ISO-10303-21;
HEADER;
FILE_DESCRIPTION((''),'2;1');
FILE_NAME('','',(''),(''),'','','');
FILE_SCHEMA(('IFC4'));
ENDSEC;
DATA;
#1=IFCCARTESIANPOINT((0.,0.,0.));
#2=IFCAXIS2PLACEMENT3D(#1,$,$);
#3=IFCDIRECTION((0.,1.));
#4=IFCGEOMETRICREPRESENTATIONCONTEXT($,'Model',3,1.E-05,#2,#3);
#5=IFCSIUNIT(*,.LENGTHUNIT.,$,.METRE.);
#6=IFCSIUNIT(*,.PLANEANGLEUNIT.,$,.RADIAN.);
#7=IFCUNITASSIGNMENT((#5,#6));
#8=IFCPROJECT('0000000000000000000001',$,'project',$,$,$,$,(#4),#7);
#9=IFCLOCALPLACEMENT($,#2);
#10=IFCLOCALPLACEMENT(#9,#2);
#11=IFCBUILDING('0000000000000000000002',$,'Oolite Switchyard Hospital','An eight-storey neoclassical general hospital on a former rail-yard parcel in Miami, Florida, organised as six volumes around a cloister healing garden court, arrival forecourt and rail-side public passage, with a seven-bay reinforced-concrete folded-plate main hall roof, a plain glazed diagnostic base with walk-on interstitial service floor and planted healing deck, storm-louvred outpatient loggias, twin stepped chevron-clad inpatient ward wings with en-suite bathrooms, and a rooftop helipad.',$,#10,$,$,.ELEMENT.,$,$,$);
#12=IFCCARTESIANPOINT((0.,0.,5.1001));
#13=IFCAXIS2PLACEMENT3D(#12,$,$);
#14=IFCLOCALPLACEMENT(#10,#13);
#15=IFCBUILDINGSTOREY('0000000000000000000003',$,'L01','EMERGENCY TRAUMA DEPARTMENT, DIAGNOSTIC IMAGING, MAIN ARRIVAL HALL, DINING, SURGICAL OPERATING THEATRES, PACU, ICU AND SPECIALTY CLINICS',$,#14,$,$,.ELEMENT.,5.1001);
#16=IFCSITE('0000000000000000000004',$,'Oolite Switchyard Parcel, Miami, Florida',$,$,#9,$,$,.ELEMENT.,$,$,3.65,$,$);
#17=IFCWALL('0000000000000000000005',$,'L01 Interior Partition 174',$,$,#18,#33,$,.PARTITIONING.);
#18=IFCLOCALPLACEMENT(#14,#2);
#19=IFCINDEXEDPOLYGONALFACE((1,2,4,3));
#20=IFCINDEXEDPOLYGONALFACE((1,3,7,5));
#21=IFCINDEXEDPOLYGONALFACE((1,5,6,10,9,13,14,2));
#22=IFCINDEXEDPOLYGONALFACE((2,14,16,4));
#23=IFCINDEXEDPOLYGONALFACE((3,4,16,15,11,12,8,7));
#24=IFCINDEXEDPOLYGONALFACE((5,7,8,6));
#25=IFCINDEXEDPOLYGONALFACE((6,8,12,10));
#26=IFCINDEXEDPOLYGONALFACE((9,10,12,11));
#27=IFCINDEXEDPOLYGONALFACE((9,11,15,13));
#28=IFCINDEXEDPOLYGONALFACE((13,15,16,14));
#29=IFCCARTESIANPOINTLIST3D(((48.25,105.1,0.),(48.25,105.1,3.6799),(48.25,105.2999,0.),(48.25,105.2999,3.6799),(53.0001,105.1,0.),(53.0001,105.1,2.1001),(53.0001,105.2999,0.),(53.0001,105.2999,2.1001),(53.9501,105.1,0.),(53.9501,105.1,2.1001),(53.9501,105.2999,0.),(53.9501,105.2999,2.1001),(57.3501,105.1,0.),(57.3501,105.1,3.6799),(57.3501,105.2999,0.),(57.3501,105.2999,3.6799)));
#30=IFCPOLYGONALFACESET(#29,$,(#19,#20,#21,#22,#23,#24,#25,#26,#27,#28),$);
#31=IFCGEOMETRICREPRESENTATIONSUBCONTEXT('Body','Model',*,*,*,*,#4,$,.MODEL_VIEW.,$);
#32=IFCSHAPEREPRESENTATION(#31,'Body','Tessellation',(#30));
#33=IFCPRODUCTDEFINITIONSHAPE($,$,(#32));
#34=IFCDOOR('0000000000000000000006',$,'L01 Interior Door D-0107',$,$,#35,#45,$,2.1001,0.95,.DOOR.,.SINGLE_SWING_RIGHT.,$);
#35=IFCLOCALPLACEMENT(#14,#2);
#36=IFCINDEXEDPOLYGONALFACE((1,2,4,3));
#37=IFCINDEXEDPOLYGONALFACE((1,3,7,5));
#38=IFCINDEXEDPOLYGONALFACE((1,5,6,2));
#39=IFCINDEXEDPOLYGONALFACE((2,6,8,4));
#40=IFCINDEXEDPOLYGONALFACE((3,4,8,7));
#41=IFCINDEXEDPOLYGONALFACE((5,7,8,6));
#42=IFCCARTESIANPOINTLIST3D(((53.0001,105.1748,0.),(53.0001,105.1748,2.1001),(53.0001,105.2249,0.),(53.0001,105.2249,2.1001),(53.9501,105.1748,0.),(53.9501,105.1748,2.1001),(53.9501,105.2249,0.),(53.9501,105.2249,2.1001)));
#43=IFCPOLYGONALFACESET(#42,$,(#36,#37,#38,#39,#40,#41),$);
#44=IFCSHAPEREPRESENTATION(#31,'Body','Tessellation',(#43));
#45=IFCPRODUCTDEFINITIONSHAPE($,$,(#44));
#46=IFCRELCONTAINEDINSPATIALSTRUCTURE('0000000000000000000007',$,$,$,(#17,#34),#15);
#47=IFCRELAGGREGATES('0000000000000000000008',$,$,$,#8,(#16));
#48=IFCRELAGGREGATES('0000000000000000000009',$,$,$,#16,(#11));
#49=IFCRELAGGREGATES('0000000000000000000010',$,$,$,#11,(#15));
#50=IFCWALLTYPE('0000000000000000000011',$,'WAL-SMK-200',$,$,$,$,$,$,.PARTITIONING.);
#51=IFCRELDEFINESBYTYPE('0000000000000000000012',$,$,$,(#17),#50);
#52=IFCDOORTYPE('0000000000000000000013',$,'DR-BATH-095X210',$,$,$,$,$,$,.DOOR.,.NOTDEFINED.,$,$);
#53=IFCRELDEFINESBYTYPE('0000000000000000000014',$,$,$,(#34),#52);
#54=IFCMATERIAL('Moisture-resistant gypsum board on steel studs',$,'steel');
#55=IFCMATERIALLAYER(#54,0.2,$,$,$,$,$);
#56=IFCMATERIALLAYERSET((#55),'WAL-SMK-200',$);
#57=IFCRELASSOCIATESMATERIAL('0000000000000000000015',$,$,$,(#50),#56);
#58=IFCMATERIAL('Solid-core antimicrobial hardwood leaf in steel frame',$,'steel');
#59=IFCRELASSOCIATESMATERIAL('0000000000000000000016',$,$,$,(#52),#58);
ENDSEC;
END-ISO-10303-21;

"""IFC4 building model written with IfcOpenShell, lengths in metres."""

from ifc_helpers import new_model, si_unit, direction, frame, frame_2d, origin, place, context, subcontext, project, spatial, rectangle, extrude, material, layer, layer_set, type_object, element, fill, save


model = new_model("IFC4")

# Units and contexts
model_context = context("Model", 3, precision=1e-05, world=origin(), true_north=direction((0.0, 1.0)))
body_context = subcontext(model_context, "Body", "Model", "MODEL_VIEW")
ifc_project = project(units=[si_unit("LENGTHUNIT", "METRE"), si_unit("PLANEANGLEUNIT", "RADIAN")], contexts=[model_context])

# Site, building, storey
site_placement = place(None, origin())
site = spatial("IfcSite", under=ifc_project, at=site_placement, Name="Oolite Switchyard Parcel, Miami, Florida", CompositionType="ELEMENT", RefElevation=3.65)
building_placement = place(site_placement, origin())
building = spatial("IfcBuilding", under=site, at=building_placement, Name="Oolite Switchyard Hospital", Description="An eight-storey neoclassical general hospital on a former rail-yard parcel in Miami, Florida, organised as six volumes around a cloister healing garden court, arrival forecourt and rail-side public passage, with a seven-bay reinforced-concrete folded-plate main hall roof, a plain glazed diagnostic base with walk-on interstitial service floor and planted healing deck, storm-louvred outpatient loggias, twin stepped chevron-clad inpatient ward wings with en-suite bathrooms, and a rooftop helipad.", CompositionType="ELEMENT")
storey_placement = place(building_placement, frame((0.0, 0.0, 5.1001)))
storey = spatial("IfcBuildingStorey", under=building, at=storey_placement, Name="L01", Description="EMERGENCY TRAUMA DEPARTMENT, DIAGNOSTIC IMAGING, MAIN ARRIVAL HALL, DINING, SURGICAL OPERATING THEATRES, PACU, ICU AND SPECIALTY CLINICS", CompositionType="ELEMENT", Elevation=5.1001)

# Shared definitions
ifc_material_1 = material(Name="Moisture-resistant gypsum board on steel studs", Category="steel")

# Wall, opening, door
ifc_layer_1 = layer(ifc_material_1, 0.2)
ifc_layer_set_1 = layer_set([ifc_layer_1], Name="WAL-SMK-200")
wall_type_1 = type_object("IfcWallType", Name="WAL-SMK-200", PredefinedType="PARTITIONING", material=ifc_layer_set_1)
wall_placement = place(storey_placement, frame((48.25, 105.2, 0.0), z_axis=(0.0, 0.0, 1.0), x_axis=(1.0, 0.0, 0.0)))
wall = element("IfcWall", 1, at=wall_placement, inside=storey, type_object=wall_type_1, Name="L01 Interior Partition 174", PredefinedType="PARTITIONING", context=body_context, shape_type="SweptSolid", body=[
    extrude(rectangle(XDim=9.1001, YDim=0.2, at=frame_2d((4.55, 0.0))), origin(), (0.0, 0.0, 1.0), 3.6799),
])
opening_placement = place(wall_placement, frame((4.75, 0.0, 0.0)))
opening = element("IfcOpeningElement", 2, at=opening_placement, cuts=wall, PredefinedType="OPENING", context=body_context, shape_type="SweptSolid", body=[
    extrude(rectangle(XDim=0.95, YDim=2.1001, at=frame_2d((0.4751, 1.05))), frame((0.0, 0.1099, 0.0), z_axis=(0.0, -1.0, 0.0), x_axis=(1.0, 0.0, 0.0)), (0.0, 0.0, 1.0), 0.22),
])
ifc_material_2 = material(Name="Solid-core antimicrobial hardwood leaf in steel frame", Category="steel")
door_type = type_object("IfcDoorType", Name="DR-BATH-095X210", OperationType="NOTDEFINED", PredefinedType="DOOR", material=ifc_material_2)
door_placement = place(opening_placement, origin())
door = element("IfcDoor", 3, at=door_placement, inside=storey, type_object=door_type, Name="L01 Interior Door D-0107", OperationType="SINGLE_SWING_RIGHT", OverallHeight=2.1001, OverallWidth=0.95, PredefinedType="DOOR", context=body_context, shape_type="SweptSolid", body=[
    extrude(rectangle(XDim=0.95, YDim=2.1001, at=frame_2d((0.4751, 1.05))), frame((0.0, 0.0249, 0.0), z_axis=(0.0, -1.0, 0.0), x_axis=(1.0, 0.0, 0.0)), (0.0, 0.0, 1.0), 0.05),
])
fill(opening, door)

save(model, "model.ifc")
